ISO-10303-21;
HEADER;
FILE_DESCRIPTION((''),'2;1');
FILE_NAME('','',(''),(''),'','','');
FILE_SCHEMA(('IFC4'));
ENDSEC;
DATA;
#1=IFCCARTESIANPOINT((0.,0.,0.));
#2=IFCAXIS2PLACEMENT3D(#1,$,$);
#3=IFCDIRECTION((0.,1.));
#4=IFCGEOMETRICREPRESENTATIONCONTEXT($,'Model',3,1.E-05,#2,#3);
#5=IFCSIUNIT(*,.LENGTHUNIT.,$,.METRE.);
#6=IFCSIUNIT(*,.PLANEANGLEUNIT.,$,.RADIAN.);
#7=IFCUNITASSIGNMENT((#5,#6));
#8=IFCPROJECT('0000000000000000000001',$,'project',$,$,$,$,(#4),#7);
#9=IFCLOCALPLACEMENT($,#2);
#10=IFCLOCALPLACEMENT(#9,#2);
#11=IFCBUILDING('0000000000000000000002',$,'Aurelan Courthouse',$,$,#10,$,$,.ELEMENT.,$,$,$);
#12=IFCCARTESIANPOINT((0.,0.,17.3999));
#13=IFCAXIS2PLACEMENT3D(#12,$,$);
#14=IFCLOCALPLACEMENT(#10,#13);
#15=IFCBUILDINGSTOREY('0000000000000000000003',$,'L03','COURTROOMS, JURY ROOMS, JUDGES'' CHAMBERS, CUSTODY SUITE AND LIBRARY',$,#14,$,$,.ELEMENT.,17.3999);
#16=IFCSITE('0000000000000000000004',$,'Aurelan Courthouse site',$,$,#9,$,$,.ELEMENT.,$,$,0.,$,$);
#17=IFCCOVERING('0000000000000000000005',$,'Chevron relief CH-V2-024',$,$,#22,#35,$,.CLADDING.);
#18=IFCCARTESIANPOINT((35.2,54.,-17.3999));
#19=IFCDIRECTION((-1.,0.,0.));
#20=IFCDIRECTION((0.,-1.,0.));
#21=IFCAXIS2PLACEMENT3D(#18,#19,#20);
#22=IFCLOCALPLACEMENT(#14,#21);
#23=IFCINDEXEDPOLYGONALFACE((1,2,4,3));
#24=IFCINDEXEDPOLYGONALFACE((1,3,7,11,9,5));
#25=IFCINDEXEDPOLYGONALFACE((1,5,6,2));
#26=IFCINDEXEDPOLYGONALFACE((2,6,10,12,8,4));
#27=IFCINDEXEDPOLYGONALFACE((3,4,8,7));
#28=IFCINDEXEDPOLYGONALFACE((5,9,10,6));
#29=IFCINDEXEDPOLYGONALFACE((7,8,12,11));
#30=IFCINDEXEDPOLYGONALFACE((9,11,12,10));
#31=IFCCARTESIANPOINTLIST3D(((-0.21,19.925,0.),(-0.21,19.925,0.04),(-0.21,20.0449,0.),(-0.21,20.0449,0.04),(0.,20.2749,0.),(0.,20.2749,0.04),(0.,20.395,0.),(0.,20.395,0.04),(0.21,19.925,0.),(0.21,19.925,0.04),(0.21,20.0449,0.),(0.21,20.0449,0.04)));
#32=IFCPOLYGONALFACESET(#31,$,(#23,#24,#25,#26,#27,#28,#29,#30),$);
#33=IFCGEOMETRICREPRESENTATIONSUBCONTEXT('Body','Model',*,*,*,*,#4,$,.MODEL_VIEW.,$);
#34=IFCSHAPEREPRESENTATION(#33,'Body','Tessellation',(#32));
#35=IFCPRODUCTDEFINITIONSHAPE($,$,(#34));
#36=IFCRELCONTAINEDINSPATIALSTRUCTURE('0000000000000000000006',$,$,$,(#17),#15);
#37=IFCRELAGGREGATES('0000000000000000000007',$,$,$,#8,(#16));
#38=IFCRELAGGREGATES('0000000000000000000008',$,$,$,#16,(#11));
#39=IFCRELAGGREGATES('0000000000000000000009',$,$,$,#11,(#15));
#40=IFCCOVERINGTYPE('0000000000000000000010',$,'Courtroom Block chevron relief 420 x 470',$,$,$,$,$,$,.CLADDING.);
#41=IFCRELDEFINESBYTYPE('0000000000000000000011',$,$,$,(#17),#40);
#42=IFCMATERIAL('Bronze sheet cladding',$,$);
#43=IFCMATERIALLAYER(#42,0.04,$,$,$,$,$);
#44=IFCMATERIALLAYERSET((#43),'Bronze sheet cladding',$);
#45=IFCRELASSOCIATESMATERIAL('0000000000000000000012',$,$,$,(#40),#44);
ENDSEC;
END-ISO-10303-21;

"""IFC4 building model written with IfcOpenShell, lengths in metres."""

from ifc_helpers import new_model, si_unit, direction, frame, origin, place, context, subcontext, project, spatial, polyline, outline, extrude, material, layer, layer_set, type_object, element, save


model = new_model("IFC4")

# Units and contexts
model_context = context("Model", 3, precision=1e-05, world=origin(), true_north=direction((0.0, 1.0)))
body_context = subcontext(model_context, "Body", "Model", "MODEL_VIEW")
ifc_project = project(units=[si_unit("LENGTHUNIT", "METRE"), si_unit("PLANEANGLEUNIT", "RADIAN")], contexts=[model_context])

# Site, building, storey
site_placement = place(None, origin())
site = spatial("IfcSite", under=ifc_project, at=site_placement, Name="Aurelan Courthouse site", CompositionType="ELEMENT", RefElevation=0.0)
building_placement = place(site_placement, origin())
building = spatial("IfcBuilding", under=site, at=building_placement, Name="Aurelan Courthouse", CompositionType="ELEMENT")
storey_placement = place(building_placement, frame((0.0, 0.0, 17.3999)))
storey = spatial("IfcBuildingStorey", under=building, at=storey_placement, Name="L03", Description="COURTROOMS, JURY ROOMS, JUDGES' CHAMBERS, CUSTODY SUITE AND LIBRARY", CompositionType="ELEMENT", Elevation=17.3999)

# Covering
ifc_material_1 = material(Name="Bronze sheet cladding")
ifc_layer_1 = layer(ifc_material_1, 0.04)
ifc_layer_set_1 = layer_set([ifc_layer_1], Name="Bronze sheet cladding")
covering_type = type_object("IfcCoveringType", Name="Courtroom Block chevron relief 420 x 470", PredefinedType="CLADDING", material=ifc_layer_set_1)
covering_placement = place(storey_placement, frame((35.2, 54.0, -17.3999), z_axis=(-1.0, 0.0, 0.0), x_axis=(0.0, -1.0, 0.0)))
element("IfcCovering", 1, at=covering_placement, inside=storey, type_object=covering_type, Name="Chevron relief CH-V2-024", PredefinedType="CLADDING", context=body_context, shape_type="SweptSolid", body=[
    extrude(outline(polyline([(-0.21, 19.925), (0.0, 20.2749), (0.21, 19.925), (0.21, 20.0449), (0.0, 20.395), (-0.21, 20.0449), (-0.21, 19.925)])), origin(), (0.0, 0.0, 1.0), 0.04),
])

save(model, "model.ifc")
